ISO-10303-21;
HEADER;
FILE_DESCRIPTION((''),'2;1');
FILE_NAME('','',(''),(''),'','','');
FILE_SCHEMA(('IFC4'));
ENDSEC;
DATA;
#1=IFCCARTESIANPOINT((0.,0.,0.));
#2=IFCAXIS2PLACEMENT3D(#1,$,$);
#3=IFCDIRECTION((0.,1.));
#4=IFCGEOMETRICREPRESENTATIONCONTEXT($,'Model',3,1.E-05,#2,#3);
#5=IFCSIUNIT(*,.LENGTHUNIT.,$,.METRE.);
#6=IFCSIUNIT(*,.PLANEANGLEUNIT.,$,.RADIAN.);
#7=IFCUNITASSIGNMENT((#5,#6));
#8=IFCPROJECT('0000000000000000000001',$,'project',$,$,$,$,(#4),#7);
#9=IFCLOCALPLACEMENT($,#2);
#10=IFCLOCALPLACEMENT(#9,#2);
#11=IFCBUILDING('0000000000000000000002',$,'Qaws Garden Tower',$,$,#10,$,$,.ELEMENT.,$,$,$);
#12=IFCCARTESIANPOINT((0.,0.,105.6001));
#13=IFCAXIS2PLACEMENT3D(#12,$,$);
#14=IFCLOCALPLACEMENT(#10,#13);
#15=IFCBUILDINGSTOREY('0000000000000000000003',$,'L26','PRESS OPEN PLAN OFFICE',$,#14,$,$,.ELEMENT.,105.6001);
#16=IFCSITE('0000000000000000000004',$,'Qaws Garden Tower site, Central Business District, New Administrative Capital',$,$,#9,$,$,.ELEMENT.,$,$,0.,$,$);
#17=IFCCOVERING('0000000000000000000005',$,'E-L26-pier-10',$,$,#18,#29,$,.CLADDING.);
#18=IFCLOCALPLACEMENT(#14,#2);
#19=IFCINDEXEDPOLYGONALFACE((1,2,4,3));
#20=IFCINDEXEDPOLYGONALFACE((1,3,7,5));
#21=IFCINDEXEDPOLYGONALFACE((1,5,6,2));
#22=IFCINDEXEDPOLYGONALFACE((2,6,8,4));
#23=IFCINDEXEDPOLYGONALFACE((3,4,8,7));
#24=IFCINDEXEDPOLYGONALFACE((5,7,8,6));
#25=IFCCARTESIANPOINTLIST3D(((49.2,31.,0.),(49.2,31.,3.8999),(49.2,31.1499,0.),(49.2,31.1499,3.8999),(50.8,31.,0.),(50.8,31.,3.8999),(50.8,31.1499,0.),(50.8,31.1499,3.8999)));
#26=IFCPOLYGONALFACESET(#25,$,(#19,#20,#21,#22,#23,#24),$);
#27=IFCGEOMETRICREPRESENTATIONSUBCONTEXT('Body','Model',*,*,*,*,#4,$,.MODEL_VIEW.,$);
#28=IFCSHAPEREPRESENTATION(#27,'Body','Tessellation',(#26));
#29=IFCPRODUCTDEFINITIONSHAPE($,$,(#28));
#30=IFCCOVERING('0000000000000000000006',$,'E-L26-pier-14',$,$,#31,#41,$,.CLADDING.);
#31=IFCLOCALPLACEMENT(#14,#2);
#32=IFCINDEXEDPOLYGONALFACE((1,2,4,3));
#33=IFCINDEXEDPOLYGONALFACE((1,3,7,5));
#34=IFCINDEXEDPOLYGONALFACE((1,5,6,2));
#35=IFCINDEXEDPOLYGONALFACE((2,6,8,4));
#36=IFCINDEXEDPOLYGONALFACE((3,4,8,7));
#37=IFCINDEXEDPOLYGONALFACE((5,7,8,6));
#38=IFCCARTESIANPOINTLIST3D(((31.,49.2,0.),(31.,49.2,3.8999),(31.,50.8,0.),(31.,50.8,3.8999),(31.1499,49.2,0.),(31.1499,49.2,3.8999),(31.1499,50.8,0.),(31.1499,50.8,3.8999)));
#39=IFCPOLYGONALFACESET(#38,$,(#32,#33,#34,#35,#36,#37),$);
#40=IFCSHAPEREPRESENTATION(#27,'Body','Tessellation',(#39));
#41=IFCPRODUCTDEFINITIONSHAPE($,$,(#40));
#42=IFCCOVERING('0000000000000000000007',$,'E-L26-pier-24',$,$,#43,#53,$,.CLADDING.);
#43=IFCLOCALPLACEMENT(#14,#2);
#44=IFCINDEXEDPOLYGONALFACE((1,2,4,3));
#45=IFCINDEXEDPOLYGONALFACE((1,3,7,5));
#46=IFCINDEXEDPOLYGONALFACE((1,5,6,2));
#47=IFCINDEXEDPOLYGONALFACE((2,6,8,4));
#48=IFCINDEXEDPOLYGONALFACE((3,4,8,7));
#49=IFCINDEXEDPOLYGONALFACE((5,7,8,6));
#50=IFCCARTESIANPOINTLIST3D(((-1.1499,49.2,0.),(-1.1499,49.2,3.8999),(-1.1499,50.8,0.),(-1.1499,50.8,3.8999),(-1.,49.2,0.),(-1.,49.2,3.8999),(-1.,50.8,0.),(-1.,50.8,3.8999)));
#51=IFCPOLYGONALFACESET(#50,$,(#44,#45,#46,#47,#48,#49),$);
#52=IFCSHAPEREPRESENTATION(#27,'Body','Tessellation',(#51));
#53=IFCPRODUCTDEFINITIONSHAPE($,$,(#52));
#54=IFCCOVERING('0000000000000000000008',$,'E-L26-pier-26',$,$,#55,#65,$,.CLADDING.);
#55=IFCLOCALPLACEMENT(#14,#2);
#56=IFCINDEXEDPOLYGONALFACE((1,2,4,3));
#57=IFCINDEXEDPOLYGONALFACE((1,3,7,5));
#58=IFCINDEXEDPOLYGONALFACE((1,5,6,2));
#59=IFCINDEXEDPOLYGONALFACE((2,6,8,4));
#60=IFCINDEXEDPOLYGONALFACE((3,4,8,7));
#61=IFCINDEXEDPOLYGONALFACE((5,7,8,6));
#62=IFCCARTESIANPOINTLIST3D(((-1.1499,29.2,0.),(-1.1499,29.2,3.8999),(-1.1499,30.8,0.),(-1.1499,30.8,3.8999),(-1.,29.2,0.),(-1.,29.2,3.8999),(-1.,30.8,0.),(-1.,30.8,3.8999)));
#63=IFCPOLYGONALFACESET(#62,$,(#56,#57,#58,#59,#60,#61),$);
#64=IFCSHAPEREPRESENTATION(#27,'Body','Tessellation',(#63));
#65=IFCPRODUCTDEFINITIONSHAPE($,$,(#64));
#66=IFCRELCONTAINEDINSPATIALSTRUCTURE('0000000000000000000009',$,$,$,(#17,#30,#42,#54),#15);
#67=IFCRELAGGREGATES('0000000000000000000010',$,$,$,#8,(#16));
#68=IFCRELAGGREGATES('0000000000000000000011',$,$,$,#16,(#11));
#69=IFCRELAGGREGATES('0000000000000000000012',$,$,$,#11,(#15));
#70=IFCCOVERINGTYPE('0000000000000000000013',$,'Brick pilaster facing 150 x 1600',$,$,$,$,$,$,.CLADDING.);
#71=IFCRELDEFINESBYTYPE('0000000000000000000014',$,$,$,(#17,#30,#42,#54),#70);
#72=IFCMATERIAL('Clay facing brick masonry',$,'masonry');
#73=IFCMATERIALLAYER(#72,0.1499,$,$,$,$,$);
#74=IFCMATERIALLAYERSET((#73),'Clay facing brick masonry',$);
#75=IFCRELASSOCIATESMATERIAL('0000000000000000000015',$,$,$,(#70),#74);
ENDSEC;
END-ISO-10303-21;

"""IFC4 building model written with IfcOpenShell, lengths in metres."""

from ifc_helpers import new_model, si_unit, direction, frame, origin, place, context, subcontext, project, spatial, polyline, outline, extrude, material, layer, layer_set, type_object, element, save


model = new_model("IFC4")

# Units and contexts
model_context = context("Model", 3, precision=1e-05, world=origin(), true_north=direction((0.0, 1.0)))
body_context = subcontext(model_context, "Body", "Model", "MODEL_VIEW")
ifc_project = project(units=[si_unit("LENGTHUNIT", "METRE"), si_unit("PLANEANGLEUNIT", "RADIAN")], contexts=[model_context])

# Site, building, storey
site_placement = place(None, origin())
site = spatial("IfcSite", under=ifc_project, at=site_placement, Name="Qaws Garden Tower site, Central Business District, New Administrative Capital", CompositionType="ELEMENT", RefElevation=0.0)
building_placement = place(site_placement, origin())
building = spatial("IfcBuilding", under=site, at=building_placement, Name="Qaws Garden Tower", CompositionType="ELEMENT")
storey_placement = place(building_placement, frame((0.0, 0.0, 105.6001)))
storey = spatial("IfcBuildingStorey", under=building, at=storey_placement, Name="L26", Description="PRESS OPEN PLAN OFFICE", CompositionType="ELEMENT", Elevation=105.6001)

# Shared definitions
placement = place(storey_placement, origin())

# Coverings
ifc_material_1 = material(Name="Clay facing brick masonry", Category="masonry")
ifc_layer_1 = layer(ifc_material_1, 0.1499)
ifc_layer_set_1 = layer_set([ifc_layer_1], Name="Clay facing brick masonry")
covering_type = type_object("IfcCoveringType", Name="Brick pilaster facing 150 x 1600", PredefinedType="CLADDING", material=ifc_layer_set_1)
element("IfcCovering", 1, at=placement, inside=storey, type_object=covering_type, Name="E-L26-pier-10", PredefinedType="CLADDING", context=body_context, shape_type="SweptSolid", body=[
    extrude(outline(polyline([(50.8, 31.0), (49.2, 31.0), (49.2, 31.1499), (50.8, 31.1499), (50.8, 31.0)])), origin(), (0.0, 0.0, 1.0), 3.8999),
])
element("IfcCovering", 2, at=placement, inside=storey, type_object=covering_type, Name="E-L26-pier-14", PredefinedType="CLADDING", context=body_context, shape_type="SweptSolid", body=[
    extrude(outline(polyline([(31.0, 49.2), (31.0, 50.8), (31.1499, 50.8), (31.1499, 49.2), (31.0, 49.2)])), origin(), (0.0, 0.0, 1.0), 3.8999),
])
element("IfcCovering", 3, at=placement, inside=storey, type_object=covering_type, Name="E-L26-pier-24", PredefinedType="CLADDING", context=body_context, shape_type="SweptSolid", body=[
    extrude(outline(polyline([(-1.0, 50.8), (-1.0, 49.2), (-1.1499, 49.2), (-1.1499, 50.8), (-1.0, 50.8)])), origin(), (0.0, 0.0, 1.0), 3.8999),
])
element("IfcCovering", 4, at=placement, inside=storey, type_object=covering_type, Name="E-L26-pier-26", PredefinedType="CLADDING", context=body_context, shape_type="SweptSolid", body=[
    extrude(outline(polyline([(-1.0, 30.8), (-1.0, 29.2), (-1.1499, 29.2), (-1.1499, 30.8), (-1.0, 30.8)])), origin(), (0.0, 0.0, 1.0), 3.8999),
])

save(model, "model.ifc")
